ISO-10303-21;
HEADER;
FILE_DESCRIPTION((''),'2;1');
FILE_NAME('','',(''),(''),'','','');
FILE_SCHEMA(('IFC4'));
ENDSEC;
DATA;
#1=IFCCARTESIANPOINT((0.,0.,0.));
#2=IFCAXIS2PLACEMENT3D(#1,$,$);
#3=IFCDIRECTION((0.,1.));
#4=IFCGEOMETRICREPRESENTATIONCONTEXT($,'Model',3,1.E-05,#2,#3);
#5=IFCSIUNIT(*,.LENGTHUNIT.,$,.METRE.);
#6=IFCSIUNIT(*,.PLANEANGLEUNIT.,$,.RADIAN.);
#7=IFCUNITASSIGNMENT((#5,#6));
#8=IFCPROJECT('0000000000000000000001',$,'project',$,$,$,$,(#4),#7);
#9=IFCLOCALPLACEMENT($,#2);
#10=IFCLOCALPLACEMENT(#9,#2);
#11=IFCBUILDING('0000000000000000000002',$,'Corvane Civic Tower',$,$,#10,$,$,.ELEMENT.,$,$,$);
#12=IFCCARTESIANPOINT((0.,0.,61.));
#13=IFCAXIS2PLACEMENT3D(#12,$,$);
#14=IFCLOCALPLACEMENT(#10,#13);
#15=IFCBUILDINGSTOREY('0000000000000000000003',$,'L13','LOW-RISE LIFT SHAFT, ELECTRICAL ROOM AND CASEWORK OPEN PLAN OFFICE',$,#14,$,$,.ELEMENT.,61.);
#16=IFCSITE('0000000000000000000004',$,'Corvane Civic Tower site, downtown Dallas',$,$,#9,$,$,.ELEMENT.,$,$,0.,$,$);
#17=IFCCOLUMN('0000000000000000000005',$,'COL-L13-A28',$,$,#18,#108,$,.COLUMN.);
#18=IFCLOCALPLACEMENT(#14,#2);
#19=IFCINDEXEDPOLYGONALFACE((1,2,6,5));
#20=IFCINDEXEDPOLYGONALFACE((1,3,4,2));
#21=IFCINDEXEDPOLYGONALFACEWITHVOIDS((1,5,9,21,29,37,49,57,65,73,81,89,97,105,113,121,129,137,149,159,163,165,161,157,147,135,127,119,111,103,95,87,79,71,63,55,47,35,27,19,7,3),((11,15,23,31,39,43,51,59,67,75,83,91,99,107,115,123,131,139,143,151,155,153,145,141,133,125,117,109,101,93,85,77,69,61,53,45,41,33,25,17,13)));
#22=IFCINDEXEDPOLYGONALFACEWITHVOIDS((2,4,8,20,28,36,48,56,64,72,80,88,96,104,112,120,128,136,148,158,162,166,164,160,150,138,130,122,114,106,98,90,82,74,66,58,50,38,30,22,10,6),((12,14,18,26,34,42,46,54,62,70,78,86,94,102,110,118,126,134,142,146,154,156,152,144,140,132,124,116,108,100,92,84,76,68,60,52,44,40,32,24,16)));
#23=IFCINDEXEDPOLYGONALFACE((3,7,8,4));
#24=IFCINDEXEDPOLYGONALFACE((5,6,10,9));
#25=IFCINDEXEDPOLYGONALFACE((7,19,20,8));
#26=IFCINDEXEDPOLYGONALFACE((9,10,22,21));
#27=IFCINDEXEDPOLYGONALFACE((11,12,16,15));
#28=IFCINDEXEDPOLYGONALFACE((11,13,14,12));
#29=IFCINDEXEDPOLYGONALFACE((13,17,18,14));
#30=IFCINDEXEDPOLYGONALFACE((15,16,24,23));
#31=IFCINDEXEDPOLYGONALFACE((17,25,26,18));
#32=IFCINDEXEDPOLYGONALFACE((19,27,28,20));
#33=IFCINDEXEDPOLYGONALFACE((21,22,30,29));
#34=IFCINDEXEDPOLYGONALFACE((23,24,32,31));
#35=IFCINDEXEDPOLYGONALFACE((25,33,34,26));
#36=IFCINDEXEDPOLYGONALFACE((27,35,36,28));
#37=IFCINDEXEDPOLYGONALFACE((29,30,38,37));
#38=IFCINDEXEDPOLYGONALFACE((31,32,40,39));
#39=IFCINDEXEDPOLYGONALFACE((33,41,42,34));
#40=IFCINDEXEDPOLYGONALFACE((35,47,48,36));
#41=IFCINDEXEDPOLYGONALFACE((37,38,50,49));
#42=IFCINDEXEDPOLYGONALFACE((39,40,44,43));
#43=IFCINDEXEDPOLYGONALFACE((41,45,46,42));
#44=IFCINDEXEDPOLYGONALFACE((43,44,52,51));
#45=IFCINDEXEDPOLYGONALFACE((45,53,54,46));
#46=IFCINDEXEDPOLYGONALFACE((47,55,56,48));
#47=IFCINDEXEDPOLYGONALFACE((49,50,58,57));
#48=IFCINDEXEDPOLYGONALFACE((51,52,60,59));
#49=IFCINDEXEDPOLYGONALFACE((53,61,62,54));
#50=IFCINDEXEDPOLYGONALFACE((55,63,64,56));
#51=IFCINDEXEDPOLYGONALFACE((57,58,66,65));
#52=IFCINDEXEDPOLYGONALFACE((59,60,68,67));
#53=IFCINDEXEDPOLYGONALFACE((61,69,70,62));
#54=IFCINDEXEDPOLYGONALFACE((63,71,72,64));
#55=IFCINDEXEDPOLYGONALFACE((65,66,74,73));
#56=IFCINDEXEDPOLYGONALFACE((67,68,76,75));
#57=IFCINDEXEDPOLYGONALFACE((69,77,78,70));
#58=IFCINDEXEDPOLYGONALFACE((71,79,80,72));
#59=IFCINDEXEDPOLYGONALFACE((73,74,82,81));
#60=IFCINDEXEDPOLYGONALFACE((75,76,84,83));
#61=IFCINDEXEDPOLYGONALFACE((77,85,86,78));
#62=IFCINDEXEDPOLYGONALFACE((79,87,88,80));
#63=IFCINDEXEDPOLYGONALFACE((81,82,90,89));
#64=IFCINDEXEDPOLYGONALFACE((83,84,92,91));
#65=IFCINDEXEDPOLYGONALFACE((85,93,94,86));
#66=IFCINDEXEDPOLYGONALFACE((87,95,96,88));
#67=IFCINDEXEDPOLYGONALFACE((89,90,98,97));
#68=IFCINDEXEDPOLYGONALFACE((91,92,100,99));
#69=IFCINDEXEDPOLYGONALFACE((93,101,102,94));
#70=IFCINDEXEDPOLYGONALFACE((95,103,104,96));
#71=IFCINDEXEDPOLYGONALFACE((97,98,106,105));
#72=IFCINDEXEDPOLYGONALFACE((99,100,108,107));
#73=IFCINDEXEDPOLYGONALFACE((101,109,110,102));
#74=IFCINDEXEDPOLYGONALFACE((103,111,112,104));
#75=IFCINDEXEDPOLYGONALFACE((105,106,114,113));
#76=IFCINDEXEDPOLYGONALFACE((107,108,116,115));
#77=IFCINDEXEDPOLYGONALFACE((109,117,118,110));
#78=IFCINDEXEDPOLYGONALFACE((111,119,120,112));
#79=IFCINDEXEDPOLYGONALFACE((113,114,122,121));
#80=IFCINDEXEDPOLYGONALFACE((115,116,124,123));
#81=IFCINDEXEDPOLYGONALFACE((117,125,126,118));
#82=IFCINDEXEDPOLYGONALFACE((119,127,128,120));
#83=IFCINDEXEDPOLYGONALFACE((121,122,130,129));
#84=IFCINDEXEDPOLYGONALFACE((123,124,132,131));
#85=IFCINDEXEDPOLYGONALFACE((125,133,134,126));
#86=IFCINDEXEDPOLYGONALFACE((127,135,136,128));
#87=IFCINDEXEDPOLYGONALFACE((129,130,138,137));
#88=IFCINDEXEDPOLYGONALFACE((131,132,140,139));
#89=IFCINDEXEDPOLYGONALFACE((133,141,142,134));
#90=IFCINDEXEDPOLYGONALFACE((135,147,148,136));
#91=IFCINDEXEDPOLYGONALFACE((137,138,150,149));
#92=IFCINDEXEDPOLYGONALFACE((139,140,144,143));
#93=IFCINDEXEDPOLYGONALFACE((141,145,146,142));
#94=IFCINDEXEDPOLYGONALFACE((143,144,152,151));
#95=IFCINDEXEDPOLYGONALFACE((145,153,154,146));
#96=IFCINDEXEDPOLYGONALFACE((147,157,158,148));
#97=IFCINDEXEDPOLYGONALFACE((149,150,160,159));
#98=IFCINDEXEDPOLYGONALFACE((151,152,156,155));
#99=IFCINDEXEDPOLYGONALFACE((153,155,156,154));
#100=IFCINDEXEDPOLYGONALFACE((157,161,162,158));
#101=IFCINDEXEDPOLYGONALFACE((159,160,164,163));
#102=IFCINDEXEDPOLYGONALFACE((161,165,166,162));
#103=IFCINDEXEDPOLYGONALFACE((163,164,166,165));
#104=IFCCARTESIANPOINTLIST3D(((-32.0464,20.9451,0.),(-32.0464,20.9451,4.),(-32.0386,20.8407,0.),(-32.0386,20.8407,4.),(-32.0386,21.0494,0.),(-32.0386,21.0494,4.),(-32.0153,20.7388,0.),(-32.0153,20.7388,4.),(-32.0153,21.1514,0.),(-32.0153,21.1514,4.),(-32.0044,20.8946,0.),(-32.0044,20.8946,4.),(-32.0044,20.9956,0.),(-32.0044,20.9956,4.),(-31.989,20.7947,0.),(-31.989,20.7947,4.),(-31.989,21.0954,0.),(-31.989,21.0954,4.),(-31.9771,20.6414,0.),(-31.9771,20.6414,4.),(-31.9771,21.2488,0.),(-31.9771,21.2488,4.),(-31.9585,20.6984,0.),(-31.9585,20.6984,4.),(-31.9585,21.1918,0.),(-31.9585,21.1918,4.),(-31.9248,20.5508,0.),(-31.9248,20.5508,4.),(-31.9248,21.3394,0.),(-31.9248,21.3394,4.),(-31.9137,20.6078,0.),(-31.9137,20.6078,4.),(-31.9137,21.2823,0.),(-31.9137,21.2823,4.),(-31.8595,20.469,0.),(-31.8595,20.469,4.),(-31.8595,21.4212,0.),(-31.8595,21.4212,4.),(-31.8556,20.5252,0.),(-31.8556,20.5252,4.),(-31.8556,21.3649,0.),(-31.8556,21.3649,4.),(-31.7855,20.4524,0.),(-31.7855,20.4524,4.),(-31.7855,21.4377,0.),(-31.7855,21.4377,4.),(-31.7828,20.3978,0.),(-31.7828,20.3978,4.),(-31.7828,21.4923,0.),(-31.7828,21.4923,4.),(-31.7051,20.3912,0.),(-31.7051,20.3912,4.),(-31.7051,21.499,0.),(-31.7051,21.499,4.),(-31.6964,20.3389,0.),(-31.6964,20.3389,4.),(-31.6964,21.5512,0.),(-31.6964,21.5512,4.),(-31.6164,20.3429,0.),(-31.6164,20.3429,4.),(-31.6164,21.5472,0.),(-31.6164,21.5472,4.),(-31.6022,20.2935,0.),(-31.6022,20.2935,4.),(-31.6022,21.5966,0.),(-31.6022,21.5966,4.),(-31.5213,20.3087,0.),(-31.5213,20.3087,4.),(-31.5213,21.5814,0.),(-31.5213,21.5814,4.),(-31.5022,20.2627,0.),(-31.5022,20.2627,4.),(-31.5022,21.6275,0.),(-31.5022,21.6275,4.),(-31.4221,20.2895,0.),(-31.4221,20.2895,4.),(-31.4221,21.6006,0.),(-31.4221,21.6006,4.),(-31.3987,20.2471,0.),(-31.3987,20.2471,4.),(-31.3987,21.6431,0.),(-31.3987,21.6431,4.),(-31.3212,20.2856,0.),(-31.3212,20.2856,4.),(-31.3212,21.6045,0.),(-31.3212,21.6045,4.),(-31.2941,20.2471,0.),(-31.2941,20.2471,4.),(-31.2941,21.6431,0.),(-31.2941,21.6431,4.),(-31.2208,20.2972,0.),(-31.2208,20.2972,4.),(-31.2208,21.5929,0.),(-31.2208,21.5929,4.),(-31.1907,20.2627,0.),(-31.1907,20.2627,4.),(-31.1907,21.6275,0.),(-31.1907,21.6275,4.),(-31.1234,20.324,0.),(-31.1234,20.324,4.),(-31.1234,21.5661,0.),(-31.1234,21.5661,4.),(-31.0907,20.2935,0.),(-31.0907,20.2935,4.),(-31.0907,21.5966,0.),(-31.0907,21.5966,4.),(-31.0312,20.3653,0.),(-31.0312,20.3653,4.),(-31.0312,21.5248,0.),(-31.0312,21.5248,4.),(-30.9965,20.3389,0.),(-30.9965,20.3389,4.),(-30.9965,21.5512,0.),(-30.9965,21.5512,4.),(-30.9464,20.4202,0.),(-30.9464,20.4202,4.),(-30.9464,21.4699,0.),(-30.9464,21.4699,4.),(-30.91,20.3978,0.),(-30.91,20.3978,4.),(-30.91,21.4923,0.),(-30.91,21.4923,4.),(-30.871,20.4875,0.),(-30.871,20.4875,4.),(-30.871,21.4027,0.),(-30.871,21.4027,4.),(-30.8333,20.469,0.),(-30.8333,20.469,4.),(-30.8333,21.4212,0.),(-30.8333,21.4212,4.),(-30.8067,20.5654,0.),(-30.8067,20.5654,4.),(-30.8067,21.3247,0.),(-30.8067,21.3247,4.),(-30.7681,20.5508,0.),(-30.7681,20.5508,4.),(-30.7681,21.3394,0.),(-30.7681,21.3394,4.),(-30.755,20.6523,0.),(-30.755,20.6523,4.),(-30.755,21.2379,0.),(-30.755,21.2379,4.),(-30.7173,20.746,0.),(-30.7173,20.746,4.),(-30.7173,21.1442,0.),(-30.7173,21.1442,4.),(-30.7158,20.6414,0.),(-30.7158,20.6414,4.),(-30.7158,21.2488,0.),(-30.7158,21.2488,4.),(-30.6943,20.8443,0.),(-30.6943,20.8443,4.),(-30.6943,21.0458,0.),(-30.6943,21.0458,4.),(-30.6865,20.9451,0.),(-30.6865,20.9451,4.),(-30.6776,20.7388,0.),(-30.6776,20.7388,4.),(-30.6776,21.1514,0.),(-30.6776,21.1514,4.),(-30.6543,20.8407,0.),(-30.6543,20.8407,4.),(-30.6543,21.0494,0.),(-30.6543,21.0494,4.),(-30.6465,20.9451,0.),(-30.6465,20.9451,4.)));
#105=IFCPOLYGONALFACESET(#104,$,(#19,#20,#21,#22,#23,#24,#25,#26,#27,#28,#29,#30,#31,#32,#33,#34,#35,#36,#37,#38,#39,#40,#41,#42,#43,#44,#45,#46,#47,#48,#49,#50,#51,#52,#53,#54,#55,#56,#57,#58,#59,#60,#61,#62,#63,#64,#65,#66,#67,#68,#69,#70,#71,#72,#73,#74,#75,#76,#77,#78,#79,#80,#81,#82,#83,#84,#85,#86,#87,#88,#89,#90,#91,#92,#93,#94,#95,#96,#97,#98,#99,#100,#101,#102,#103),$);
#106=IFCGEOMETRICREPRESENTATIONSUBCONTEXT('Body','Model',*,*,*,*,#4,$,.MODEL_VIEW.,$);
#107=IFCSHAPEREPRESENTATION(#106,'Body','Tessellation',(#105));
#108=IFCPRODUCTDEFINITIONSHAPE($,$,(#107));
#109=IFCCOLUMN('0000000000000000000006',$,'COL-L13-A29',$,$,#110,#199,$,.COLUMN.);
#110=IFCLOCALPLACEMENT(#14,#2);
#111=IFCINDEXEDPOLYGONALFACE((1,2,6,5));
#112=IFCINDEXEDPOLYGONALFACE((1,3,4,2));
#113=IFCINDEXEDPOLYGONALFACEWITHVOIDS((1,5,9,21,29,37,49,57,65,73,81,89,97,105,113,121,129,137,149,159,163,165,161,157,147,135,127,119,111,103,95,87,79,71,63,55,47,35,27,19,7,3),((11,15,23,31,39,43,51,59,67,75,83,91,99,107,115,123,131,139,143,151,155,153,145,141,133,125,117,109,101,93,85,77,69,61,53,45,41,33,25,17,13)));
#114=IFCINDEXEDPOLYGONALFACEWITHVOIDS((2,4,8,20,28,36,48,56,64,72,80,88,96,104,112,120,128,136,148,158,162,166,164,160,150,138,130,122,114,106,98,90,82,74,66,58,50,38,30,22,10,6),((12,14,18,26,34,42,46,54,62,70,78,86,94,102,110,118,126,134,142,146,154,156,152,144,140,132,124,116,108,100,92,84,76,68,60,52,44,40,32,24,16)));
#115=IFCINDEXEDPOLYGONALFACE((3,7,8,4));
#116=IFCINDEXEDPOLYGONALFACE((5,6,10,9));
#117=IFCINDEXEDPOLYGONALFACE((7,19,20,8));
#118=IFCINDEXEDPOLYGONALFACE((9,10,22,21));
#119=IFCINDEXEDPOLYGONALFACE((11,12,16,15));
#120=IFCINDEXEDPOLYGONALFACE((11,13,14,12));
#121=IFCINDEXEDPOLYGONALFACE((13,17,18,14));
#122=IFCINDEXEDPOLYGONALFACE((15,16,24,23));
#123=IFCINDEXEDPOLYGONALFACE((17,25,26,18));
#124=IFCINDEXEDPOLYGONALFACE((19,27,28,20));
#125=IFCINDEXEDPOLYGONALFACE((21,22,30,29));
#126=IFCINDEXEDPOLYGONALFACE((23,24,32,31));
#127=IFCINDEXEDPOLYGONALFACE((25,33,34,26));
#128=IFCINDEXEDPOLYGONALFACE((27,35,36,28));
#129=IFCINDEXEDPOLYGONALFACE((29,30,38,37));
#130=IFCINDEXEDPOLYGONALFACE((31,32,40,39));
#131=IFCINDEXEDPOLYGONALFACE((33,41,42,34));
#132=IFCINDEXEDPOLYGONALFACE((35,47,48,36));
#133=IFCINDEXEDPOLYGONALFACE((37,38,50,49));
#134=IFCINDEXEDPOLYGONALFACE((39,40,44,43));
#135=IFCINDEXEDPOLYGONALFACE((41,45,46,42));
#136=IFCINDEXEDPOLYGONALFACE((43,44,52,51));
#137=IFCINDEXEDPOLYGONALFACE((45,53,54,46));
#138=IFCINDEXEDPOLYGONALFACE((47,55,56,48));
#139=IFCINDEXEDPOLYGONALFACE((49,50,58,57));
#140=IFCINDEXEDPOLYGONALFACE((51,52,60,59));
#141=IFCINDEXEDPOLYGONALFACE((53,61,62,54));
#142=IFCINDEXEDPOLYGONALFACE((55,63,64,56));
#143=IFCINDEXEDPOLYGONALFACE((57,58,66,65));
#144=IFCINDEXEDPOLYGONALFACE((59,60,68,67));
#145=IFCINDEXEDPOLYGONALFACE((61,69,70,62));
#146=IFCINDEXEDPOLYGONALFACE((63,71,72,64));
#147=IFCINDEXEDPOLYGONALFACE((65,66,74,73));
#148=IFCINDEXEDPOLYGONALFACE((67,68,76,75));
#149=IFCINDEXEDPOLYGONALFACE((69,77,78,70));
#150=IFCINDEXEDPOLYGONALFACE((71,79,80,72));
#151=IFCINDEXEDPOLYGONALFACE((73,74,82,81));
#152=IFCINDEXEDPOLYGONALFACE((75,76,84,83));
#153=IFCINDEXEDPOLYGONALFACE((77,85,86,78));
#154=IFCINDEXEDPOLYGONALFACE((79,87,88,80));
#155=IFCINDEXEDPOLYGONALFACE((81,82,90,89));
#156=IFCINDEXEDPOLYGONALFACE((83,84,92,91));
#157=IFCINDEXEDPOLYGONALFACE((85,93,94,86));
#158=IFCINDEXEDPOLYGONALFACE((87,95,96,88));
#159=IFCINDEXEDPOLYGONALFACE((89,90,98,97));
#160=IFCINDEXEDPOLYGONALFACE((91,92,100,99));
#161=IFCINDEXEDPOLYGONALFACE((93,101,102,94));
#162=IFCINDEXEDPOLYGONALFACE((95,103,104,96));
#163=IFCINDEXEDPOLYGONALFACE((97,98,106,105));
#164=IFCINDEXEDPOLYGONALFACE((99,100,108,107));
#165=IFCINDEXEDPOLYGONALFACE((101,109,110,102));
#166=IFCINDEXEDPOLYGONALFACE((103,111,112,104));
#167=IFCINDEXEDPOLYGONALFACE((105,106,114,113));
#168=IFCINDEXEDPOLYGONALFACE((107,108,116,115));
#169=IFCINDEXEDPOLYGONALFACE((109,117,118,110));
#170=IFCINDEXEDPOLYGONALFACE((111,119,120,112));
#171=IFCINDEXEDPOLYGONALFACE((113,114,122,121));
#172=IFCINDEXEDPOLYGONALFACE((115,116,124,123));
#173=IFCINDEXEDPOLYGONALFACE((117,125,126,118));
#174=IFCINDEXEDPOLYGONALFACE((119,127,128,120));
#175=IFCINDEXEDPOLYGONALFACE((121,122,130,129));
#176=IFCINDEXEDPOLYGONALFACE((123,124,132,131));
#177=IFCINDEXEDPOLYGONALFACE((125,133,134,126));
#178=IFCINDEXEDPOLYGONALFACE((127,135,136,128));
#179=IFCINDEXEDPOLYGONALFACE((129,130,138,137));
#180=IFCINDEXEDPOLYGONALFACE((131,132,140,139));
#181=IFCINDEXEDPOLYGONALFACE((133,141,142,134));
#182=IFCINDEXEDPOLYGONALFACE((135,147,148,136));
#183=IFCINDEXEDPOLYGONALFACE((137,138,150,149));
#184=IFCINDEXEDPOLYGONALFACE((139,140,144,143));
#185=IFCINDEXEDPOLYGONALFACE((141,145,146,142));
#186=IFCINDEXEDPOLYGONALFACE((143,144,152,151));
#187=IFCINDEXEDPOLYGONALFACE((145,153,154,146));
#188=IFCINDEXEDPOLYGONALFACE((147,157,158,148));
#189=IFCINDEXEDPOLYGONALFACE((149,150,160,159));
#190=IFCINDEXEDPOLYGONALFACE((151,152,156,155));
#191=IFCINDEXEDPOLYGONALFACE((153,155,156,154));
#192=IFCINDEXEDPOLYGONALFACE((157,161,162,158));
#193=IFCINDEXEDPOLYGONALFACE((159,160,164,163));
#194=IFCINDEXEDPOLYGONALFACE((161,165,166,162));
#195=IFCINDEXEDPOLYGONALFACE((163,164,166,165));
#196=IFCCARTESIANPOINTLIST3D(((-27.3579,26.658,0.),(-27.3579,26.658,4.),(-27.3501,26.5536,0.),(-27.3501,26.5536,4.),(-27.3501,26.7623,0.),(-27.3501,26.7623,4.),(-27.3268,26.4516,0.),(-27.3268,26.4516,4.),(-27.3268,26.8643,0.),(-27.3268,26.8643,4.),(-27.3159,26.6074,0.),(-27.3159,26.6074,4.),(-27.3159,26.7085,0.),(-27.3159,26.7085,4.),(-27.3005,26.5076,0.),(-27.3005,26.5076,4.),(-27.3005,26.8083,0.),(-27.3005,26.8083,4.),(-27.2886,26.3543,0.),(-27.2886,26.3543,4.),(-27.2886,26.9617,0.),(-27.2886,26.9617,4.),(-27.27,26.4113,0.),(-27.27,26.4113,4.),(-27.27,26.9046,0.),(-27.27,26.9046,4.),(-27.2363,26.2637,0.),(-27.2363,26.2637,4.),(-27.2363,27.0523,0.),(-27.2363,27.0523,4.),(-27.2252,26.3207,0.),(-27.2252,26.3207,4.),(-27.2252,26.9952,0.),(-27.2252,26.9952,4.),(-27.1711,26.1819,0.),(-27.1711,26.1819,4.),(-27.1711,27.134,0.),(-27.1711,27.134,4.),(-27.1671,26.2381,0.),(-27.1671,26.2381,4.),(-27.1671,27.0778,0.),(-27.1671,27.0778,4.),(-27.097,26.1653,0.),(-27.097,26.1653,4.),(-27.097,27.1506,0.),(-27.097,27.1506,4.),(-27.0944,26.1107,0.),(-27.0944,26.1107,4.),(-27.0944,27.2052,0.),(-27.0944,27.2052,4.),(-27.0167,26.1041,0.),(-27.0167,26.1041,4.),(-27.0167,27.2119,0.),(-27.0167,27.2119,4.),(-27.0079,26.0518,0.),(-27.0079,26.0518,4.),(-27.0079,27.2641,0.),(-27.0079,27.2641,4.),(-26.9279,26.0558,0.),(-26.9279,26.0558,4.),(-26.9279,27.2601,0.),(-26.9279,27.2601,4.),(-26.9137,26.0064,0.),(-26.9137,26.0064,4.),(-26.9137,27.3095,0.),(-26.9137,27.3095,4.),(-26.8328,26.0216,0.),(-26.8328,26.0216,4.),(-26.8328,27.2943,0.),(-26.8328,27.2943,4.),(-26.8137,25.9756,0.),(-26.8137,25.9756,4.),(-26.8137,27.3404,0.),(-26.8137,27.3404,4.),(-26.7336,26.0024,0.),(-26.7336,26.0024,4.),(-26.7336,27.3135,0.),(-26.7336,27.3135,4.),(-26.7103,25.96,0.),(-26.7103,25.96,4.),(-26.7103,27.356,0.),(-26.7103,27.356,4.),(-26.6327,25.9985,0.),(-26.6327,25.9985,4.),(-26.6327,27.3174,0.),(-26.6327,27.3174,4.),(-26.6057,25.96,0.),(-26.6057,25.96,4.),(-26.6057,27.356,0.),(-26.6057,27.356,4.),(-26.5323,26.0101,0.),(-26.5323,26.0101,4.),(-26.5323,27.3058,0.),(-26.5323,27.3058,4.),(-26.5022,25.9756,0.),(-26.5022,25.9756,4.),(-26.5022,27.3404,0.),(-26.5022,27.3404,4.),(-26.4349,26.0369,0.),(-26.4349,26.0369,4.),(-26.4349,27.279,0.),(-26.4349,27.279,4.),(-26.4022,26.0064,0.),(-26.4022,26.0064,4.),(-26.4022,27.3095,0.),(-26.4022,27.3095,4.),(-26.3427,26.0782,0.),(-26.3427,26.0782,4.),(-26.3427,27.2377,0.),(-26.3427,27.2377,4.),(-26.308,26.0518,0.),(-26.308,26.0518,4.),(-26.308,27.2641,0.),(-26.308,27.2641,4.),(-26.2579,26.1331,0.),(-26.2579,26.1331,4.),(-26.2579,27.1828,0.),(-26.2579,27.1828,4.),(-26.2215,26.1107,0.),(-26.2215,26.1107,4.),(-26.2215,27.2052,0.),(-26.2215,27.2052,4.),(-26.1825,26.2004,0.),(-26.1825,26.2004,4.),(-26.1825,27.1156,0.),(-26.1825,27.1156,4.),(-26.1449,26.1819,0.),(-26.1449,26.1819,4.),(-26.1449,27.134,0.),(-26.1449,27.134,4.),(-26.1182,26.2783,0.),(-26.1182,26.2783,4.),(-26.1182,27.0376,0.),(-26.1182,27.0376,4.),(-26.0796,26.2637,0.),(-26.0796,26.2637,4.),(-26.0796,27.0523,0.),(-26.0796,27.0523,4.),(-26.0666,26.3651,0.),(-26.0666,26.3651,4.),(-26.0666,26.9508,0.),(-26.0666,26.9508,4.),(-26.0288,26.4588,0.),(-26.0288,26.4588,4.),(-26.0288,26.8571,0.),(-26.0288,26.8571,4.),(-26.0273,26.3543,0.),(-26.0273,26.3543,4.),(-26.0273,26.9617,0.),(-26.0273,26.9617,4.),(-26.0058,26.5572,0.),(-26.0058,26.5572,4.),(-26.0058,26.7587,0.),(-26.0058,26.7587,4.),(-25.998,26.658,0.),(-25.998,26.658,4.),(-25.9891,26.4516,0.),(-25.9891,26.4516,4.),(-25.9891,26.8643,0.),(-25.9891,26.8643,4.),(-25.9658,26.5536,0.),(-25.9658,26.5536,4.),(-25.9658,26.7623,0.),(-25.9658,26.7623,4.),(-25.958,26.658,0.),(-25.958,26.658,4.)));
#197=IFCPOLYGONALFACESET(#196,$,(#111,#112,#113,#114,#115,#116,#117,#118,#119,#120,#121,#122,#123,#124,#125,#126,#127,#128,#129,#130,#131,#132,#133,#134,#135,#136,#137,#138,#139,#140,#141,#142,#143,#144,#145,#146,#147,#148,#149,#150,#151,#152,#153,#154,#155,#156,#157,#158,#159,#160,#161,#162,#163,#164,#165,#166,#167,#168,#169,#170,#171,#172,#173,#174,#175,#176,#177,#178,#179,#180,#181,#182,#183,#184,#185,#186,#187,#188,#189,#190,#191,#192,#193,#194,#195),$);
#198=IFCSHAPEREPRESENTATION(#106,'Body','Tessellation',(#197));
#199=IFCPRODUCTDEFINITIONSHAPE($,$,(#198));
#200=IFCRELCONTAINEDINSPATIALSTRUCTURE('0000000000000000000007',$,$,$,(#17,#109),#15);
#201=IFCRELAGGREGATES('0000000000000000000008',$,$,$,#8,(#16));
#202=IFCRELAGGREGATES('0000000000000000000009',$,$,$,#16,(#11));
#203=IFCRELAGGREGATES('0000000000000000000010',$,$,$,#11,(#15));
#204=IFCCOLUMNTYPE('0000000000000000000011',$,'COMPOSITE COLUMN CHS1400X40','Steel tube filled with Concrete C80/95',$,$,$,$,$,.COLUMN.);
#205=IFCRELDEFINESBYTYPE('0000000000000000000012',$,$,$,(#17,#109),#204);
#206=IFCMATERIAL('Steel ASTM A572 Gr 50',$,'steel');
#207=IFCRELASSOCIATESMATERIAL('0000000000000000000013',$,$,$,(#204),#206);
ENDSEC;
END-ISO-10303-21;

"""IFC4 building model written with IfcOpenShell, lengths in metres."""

from ifc_helpers import new_model, si_unit, direction, frame, origin, origin_2d, place, context, subcontext, project, spatial, hollow_circle, extrude, material, material_profile, profile_set, type_object, element, save


model = new_model("IFC4")

# Units and contexts
model_context = context("Model", 3, precision=1e-05, world=origin(), true_north=direction((0.0, 1.0)))
body_context = subcontext(model_context, "Body", "Model", "MODEL_VIEW")
ifc_project = project(units=[si_unit("LENGTHUNIT", "METRE"), si_unit("PLANEANGLEUNIT", "RADIAN")], contexts=[model_context])

# Site, building, storey
site_placement = place(None, origin())
site = spatial("IfcSite", under=ifc_project, at=site_placement, Name="Corvane Civic Tower site, downtown Dallas", CompositionType="ELEMENT", RefElevation=0.0)
building_placement = place(site_placement, origin())
building = spatial("IfcBuilding", under=site, at=building_placement, Name="Corvane Civic Tower", CompositionType="ELEMENT")
storey_placement = place(building_placement, frame((0.0, 0.0, 61.0)))
storey = spatial("IfcBuildingStorey", under=building, at=storey_placement, Name="L13", Description="LOW-RISE LIFT SHAFT, ELECTRICAL ROOM AND CASEWORK OPEN PLAN OFFICE", CompositionType="ELEMENT", Elevation=61.0)

# Columns
ifc_material_1 = material(Name="Steel ASTM A572 Gr 50", Category="steel")
ifc_material_profile_1 = material_profile(ifc_material_1, hollow_circle(Radius=0.7, WallThickness=0.04, at=origin_2d()), Name="CHS1400X40")
ifc_profile_set_1 = profile_set([ifc_material_profile_1], Name="Steel ASTM A572 Gr 50")
column_type = type_object("IfcColumnType", Name="COMPOSITE COLUMN CHS1400X40", Description="Steel tube filled with Concrete C80/95", PredefinedType="COLUMN", material=ifc_profile_set_1)
for number, where, z_axis, x_axis, name in (
    (1, (-31.3464, 20.9451, 0.0), (0.0, 0.0, 1.0), (1.0, 0.0, 0.0), "COL-L13-A28"),
    (2, (-26.658, 26.658, 0.0), (0.0, 0.0, 1.0), (1.0, 0.0, 0.0), "COL-L13-A29"),
):
    element("IfcColumn", number, at=place(storey_placement, frame(where, z_axis=z_axis, x_axis=x_axis)), inside=storey, type_object=column_type, Name=name, PredefinedType="COLUMN", context=body_context, shape_type="SweptSolid", body=[
        extrude(hollow_circle(Radius=0.7, WallThickness=0.04, at=origin_2d()), origin(), (0.0, 0.0, 1.0), 4.0),
    ])

save(model, "model.ifc")
